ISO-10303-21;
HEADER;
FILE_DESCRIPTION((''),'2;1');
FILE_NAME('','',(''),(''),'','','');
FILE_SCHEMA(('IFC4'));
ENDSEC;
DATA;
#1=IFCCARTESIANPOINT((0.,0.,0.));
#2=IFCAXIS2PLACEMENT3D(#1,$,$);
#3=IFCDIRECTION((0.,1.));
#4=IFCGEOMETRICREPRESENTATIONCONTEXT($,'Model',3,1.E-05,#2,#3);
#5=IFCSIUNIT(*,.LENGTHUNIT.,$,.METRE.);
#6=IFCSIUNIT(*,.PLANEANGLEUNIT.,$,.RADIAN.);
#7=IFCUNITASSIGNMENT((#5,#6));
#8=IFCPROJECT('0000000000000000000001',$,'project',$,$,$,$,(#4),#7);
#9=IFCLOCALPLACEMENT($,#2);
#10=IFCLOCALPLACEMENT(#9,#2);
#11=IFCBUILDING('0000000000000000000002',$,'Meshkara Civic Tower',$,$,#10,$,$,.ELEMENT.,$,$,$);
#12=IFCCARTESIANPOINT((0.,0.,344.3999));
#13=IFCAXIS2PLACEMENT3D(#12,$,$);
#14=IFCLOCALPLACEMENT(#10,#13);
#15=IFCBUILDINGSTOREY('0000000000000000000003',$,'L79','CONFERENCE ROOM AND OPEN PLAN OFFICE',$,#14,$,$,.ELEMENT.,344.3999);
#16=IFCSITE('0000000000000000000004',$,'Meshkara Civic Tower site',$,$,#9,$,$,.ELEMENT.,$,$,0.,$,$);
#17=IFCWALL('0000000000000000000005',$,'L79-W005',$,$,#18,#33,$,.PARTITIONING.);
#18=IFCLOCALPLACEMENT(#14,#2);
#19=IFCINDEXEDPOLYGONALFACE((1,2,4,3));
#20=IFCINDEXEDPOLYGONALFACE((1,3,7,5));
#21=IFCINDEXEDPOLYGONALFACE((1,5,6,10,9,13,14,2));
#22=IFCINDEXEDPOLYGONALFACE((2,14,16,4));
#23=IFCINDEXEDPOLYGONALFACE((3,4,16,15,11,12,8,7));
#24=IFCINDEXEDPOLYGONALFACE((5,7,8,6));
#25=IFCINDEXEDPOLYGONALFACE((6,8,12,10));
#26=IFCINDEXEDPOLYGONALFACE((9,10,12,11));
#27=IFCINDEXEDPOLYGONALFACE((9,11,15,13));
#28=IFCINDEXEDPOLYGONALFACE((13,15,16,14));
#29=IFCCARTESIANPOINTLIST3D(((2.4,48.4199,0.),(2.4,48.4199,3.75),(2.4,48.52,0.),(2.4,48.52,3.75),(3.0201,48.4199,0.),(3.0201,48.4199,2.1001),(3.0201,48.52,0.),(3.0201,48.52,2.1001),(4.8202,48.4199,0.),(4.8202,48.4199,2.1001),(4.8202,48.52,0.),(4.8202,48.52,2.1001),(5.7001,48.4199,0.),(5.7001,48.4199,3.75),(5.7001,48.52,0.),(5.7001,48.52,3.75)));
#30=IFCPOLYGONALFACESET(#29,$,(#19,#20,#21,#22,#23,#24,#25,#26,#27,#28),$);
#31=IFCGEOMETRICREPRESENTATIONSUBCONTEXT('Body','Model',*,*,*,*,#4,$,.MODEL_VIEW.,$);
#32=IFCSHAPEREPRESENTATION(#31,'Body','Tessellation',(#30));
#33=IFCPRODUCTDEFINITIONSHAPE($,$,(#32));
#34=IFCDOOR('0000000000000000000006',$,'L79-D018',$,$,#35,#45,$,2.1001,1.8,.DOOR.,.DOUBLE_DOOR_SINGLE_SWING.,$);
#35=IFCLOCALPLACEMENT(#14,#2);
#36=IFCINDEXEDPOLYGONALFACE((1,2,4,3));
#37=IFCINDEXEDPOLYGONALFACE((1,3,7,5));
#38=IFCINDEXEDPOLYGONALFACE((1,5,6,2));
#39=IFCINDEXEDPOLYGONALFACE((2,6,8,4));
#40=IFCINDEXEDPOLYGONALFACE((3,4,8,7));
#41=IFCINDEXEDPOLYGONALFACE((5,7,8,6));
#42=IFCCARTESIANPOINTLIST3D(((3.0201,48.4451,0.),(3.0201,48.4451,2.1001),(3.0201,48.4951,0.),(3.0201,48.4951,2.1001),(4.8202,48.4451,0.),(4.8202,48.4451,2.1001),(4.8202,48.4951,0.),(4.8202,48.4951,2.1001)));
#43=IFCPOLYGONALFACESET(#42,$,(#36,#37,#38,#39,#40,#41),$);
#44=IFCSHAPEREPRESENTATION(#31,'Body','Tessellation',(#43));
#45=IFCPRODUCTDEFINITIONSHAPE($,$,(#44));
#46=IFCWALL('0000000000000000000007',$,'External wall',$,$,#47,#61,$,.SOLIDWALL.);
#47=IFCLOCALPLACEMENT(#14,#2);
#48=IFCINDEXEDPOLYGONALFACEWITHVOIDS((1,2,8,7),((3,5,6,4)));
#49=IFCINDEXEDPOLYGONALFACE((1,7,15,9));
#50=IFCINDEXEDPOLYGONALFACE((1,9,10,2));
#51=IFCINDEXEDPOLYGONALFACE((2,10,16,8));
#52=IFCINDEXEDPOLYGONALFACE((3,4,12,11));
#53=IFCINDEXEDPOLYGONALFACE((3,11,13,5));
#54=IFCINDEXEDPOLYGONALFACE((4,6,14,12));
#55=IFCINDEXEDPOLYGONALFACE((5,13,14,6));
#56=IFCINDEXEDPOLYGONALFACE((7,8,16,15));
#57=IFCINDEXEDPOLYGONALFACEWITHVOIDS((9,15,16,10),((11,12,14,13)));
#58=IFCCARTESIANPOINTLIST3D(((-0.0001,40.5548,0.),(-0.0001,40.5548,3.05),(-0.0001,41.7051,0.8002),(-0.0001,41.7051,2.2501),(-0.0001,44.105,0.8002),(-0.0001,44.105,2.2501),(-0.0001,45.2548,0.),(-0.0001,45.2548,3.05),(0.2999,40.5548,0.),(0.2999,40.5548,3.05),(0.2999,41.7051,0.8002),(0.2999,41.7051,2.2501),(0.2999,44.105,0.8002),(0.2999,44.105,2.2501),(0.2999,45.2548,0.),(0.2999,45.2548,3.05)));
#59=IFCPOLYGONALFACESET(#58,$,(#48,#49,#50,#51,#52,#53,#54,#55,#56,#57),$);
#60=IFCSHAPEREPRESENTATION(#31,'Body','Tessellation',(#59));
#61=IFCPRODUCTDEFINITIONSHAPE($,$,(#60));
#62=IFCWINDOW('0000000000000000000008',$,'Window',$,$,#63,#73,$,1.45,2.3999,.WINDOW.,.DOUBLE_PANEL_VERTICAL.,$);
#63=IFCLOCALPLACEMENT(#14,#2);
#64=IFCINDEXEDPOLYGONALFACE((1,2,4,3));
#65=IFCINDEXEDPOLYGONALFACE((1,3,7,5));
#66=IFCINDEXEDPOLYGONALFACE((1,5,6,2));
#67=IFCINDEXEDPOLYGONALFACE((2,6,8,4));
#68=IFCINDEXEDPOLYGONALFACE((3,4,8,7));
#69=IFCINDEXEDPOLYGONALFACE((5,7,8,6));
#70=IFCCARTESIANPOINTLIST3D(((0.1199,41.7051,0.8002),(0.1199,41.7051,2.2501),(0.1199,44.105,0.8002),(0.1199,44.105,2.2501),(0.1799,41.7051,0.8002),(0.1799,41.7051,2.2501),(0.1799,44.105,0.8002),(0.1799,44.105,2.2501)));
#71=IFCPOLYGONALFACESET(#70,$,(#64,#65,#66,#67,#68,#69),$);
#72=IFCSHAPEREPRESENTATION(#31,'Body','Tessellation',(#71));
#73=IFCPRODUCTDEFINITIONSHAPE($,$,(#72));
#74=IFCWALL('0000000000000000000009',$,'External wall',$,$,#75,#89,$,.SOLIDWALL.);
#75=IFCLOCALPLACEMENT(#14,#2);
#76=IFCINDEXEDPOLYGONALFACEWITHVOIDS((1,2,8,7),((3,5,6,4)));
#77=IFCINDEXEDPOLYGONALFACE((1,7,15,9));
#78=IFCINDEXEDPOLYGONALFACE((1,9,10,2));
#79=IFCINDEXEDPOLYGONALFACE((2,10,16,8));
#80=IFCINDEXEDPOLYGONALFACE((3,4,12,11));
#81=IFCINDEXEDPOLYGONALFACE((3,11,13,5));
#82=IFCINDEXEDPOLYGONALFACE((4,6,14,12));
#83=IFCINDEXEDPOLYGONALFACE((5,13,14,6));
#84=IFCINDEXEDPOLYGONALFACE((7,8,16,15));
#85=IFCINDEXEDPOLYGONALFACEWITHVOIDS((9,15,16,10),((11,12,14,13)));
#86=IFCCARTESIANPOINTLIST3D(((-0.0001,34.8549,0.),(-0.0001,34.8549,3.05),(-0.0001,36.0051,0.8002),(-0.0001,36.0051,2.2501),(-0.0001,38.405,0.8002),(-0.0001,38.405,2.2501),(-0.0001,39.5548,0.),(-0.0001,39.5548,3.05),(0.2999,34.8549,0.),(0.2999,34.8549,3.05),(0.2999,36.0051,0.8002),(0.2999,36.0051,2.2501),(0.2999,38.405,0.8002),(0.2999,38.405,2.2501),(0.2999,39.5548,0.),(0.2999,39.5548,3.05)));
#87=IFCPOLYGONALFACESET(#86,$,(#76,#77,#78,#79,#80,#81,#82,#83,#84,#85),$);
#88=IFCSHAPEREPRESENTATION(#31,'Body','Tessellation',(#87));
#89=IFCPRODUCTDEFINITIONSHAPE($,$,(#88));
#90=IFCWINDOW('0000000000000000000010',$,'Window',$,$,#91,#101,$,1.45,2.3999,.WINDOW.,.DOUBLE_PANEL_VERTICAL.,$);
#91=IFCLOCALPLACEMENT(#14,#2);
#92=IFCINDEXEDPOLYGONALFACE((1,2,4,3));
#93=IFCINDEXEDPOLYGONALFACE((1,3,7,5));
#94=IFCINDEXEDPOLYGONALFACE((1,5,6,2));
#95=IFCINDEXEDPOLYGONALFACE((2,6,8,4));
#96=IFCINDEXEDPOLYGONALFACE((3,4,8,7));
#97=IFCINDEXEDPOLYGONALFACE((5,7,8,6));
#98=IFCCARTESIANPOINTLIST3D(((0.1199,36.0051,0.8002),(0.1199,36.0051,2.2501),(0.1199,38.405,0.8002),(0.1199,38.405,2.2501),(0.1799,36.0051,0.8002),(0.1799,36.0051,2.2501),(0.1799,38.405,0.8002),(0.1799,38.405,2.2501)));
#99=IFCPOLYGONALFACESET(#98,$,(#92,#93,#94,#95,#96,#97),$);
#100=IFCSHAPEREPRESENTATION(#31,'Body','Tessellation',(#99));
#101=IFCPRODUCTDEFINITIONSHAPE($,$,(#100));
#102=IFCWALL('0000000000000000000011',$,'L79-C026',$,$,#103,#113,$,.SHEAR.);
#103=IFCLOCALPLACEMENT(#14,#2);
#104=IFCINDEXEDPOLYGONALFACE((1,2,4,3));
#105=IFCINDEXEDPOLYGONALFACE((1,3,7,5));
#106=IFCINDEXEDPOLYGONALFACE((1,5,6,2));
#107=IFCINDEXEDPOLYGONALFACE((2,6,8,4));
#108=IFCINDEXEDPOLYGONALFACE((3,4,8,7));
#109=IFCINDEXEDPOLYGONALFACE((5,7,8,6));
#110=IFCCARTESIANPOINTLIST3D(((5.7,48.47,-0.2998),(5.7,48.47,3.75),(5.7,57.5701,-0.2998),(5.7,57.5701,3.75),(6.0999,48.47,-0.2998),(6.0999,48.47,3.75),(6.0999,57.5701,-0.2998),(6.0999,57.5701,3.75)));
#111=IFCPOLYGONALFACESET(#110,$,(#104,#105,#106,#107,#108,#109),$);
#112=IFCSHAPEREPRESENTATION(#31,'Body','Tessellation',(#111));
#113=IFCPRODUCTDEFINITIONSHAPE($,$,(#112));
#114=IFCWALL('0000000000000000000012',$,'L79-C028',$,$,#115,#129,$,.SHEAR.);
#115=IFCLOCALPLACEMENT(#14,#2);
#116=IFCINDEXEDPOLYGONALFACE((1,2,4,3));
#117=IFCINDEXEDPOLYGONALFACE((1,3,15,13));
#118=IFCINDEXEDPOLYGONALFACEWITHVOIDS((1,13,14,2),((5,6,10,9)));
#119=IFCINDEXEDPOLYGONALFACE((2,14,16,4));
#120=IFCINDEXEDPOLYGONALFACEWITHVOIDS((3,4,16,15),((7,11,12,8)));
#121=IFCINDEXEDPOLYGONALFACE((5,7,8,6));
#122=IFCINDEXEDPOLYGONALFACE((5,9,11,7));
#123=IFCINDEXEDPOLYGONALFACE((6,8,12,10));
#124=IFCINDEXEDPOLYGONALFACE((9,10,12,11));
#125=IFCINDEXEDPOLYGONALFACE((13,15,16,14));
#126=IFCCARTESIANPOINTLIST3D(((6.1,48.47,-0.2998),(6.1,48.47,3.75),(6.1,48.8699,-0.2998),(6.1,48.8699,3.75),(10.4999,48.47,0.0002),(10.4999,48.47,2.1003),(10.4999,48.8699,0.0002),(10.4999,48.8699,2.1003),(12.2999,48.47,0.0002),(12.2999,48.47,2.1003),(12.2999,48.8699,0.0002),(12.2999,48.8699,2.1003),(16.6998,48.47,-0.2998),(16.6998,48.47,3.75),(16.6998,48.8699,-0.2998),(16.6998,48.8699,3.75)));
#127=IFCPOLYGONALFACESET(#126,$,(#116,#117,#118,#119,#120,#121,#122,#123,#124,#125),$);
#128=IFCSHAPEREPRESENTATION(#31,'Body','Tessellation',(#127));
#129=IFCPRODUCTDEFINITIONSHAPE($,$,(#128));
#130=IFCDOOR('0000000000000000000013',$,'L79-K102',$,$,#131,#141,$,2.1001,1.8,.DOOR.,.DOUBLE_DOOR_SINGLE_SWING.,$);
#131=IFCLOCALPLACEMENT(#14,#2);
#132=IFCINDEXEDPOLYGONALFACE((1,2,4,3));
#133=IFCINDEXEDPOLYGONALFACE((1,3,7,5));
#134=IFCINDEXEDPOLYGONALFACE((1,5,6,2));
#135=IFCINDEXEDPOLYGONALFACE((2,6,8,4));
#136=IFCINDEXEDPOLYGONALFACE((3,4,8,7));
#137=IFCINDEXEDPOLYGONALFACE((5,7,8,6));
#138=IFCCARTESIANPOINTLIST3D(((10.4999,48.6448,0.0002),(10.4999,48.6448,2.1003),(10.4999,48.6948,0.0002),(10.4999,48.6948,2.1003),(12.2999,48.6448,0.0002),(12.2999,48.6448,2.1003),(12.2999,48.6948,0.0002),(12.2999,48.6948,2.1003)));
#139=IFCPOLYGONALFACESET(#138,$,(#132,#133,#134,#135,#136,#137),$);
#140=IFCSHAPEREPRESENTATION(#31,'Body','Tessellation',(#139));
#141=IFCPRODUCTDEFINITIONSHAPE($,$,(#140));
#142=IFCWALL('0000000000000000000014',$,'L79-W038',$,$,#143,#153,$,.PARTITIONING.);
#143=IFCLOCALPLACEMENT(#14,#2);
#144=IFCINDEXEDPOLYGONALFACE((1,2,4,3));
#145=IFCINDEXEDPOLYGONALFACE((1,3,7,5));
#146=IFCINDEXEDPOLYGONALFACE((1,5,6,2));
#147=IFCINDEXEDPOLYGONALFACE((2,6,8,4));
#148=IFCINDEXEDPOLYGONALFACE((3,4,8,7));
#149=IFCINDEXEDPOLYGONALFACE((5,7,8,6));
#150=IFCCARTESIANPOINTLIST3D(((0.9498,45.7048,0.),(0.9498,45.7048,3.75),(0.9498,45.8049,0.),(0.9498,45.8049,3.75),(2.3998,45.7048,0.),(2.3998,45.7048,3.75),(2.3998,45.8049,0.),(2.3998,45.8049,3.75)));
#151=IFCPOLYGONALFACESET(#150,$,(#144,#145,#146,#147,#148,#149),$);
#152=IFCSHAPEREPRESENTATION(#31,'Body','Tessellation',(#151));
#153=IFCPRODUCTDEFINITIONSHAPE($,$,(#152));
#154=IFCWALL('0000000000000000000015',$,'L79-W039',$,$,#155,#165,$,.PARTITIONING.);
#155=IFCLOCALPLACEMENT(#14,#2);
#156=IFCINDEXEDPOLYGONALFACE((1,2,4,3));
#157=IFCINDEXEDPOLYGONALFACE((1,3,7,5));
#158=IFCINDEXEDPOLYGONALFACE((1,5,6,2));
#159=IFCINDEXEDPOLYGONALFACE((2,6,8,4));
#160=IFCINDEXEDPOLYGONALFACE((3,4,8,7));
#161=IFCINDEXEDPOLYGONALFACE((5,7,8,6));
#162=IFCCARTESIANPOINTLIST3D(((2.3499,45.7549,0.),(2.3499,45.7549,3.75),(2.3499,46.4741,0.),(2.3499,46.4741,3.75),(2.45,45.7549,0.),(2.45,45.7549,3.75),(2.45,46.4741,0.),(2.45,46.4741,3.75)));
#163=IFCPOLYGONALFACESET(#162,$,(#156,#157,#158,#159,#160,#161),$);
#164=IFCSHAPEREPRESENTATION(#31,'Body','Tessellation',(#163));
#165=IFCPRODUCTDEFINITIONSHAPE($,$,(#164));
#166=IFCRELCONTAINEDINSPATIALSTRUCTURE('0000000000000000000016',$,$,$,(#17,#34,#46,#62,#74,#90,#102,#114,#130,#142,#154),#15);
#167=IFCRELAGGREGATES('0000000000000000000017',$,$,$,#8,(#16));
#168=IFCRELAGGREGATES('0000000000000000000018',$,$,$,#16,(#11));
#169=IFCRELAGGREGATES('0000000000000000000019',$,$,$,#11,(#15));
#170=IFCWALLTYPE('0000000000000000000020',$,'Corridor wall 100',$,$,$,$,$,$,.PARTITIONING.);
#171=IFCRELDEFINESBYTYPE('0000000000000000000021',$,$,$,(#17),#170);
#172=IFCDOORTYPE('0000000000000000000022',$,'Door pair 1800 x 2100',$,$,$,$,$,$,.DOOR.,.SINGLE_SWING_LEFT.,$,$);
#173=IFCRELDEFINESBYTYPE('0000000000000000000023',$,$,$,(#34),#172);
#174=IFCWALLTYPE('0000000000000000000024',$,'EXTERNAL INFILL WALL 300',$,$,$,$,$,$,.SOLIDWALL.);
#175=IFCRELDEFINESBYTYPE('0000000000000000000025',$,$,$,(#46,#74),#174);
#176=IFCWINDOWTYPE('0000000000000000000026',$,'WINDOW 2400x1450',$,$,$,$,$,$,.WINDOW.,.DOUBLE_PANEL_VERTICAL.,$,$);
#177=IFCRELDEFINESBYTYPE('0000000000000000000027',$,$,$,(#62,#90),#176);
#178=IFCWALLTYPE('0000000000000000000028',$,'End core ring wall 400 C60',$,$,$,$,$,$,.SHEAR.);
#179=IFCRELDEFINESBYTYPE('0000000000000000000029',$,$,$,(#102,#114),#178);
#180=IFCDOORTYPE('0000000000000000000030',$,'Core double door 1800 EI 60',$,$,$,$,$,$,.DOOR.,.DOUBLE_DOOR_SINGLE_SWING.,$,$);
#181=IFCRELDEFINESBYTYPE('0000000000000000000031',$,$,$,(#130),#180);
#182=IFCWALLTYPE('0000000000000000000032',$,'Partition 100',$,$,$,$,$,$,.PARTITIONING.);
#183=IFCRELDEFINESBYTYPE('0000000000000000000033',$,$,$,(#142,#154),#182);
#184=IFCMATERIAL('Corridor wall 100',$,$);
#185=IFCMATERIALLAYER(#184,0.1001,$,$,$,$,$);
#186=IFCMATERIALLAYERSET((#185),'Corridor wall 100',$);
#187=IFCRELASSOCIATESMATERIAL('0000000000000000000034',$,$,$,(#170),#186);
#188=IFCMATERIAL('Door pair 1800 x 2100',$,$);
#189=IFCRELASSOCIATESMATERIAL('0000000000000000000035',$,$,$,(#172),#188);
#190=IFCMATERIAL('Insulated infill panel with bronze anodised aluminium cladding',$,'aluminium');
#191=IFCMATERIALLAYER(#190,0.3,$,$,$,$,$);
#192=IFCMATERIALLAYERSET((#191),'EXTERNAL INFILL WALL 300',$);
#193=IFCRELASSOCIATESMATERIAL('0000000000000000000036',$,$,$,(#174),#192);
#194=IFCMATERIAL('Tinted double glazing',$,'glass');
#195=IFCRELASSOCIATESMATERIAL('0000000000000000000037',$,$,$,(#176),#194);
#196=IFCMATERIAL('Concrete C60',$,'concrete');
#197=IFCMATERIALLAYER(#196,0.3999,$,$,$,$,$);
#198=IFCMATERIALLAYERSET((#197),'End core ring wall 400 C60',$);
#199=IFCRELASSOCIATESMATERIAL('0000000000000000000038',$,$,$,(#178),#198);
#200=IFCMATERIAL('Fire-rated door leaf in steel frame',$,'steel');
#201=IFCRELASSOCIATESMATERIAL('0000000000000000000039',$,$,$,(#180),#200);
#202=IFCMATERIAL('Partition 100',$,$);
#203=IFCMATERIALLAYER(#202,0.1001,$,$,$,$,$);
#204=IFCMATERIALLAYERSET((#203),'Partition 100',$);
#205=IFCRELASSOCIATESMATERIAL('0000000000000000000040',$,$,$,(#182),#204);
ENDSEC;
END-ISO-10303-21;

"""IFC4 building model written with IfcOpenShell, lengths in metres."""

from ifc_helpers import new_model, si_unit, direction, frame, frame_2d, origin, place, context, subcontext, project, spatial, rectangle, extrude, material, layer, layer_set, type_object, element, fill, save


model = new_model("IFC4")

# Units and contexts
model_context = context("Model", 3, precision=1e-05, world=origin(), true_north=direction((0.0, 1.0)))
body_context = subcontext(model_context, "Body", "Model", "MODEL_VIEW")
ifc_project = project(units=[si_unit("LENGTHUNIT", "METRE"), si_unit("PLANEANGLEUNIT", "RADIAN")], contexts=[model_context])

# Site, building, storey
site_placement = place(None, origin())
site = spatial("IfcSite", under=ifc_project, at=site_placement, Name="Meshkara Civic Tower site", CompositionType="ELEMENT", RefElevation=0.0)
building_placement = place(site_placement, origin())
building = spatial("IfcBuilding", under=site, at=building_placement, Name="Meshkara Civic Tower", CompositionType="ELEMENT")
storey_placement = place(building_placement, frame((0.0, 0.0, 344.3999)))
storey = spatial("IfcBuildingStorey", under=building, at=storey_placement, Name="L79", Description="CONFERENCE ROOM AND OPEN PLAN OFFICE", CompositionType="ELEMENT", Elevation=344.3999)

# Shared definitions
ifc_material_1 = material(Name="Corridor wall 100")
ifc_layer_1 = layer(ifc_material_1, 0.1001)
ifc_layer_set_1 = layer_set([ifc_layer_1], Name="Corridor wall 100")
wall_type_1 = type_object("IfcWallType", Name="Corridor wall 100", PredefinedType="PARTITIONING", material=ifc_layer_set_1)

# Wall, opening, door
wall_1_placement = place(storey_placement, frame((5.7, 48.47, 0.0), z_axis=(0.0, 0.0, 1.0), x_axis=(-1.0, 0.0, 0.0)))
wall_1 = element("IfcWall", 1, at=wall_1_placement, inside=storey, type_object=wall_type_1, Name="L79-W005", PredefinedType="PARTITIONING", context=body_context, shape_type="SweptSolid", body=[
    extrude(rectangle(XDim=3.3, YDim=0.1001, at=frame_2d((1.6499, 0.0))), origin(), (0.0, 0.0, 1.0), 3.75),
])
opening_1_placement = place(wall_1_placement, frame((0.8799, 0.0, 0.0)))
opening_1 = element("IfcOpeningElement", 2, at=opening_1_placement, cuts=wall_1, PredefinedType="OPENING", context=body_context, shape_type="SweptSolid", body=[
    extrude(rectangle(XDim=1.8, YDim=2.1001, at=frame_2d((0.8999, 1.05))), frame((0.0, 0.0601, 0.0), z_axis=(0.0, -1.0, 0.0), x_axis=(1.0, 0.0, 0.0)), (0.0, 0.0, 1.0), 0.1201),
])
ifc_material_2 = material(Name="Door pair 1800 x 2100")
door_type_1 = type_object("IfcDoorType", Name="Door pair 1800 x 2100", OperationType="SINGLE_SWING_LEFT", PredefinedType="DOOR", material=ifc_material_2)
door_1_placement = place(opening_1_placement, origin())
door_1 = element("IfcDoor", 3, at=door_1_placement, inside=storey, type_object=door_type_1, Name="L79-D018", OperationType="DOUBLE_DOOR_SINGLE_SWING", OverallHeight=2.1001, OverallWidth=1.8, PredefinedType="DOOR", context=body_context, shape_type="SweptSolid", body=[
    extrude(rectangle(XDim=1.8, YDim=2.1001, at=frame_2d((0.8999, 1.05))), frame((0.0, 0.0249, 0.0), z_axis=(0.0, -1.0, 0.0), x_axis=(1.0, 0.0, 0.0)), (0.0, 0.0, 1.0), 0.05),
])
fill(opening_1, door_1)

# Walls, openings, windows
ifc_material_3 = material(Name="Insulated infill panel with bronze anodised aluminium cladding", Category="aluminium")
ifc_layer_2 = layer(ifc_material_3, 0.3)
ifc_layer_set_2 = layer_set([ifc_layer_2], Name="EXTERNAL INFILL WALL 300")
wall_type_2 = type_object("IfcWallType", Name="EXTERNAL INFILL WALL 300", PredefinedType="SOLIDWALL", material=ifc_layer_set_2)
wall_2_placement = place(storey_placement, frame((0.1499, 45.2549, 0.0), z_axis=(0.0, 0.0, 1.0), x_axis=(0.0, -1.0, 0.0)))
wall_2 = element("IfcWall", 4, at=wall_2_placement, inside=storey, type_object=wall_type_2, Name="External wall", PredefinedType="SOLIDWALL", context=body_context, shape_type="SweptSolid", body=[
    extrude(rectangle(XDim=4.7, YDim=0.3, at=frame_2d((2.3501, 0.0))), origin(), (0.0, 0.0, 1.0), 3.05),
])
opening_2_placement = place(wall_2_placement, frame((1.1499, 0.0, 0.8)))
opening_2 = element("IfcOpeningElement", 5, at=opening_2_placement, cuts=wall_2, PredefinedType="OPENING", context=body_context, shape_type="SweptSolid", body=[
    extrude(rectangle(XDim=2.3999, YDim=1.45, at=frame_2d((1.2, 0.7251))), frame((0.0, 0.1599, 0.0), z_axis=(0.0, -1.0, 0.0), x_axis=(1.0, 0.0, 0.0)), (0.0, 0.0, 1.0), 0.3201),
])
ifc_material_4 = material(Name="Tinted double glazing", Category="glass")
window_type = type_object("IfcWindowType", Name="WINDOW 2400x1450", PartitioningType="DOUBLE_PANEL_VERTICAL", PredefinedType="WINDOW", material=ifc_material_4)
window_1_placement = place(opening_2_placement, origin())
window_1 = element("IfcWindow", 6, at=window_1_placement, inside=storey, type_object=window_type, Name="Window", OverallHeight=1.45, OverallWidth=2.3999, PartitioningType="DOUBLE_PANEL_VERTICAL", PredefinedType="WINDOW", context=body_context, shape_type="SweptSolid", body=[
    extrude(rectangle(XDim=2.3999, YDim=1.45, at=frame_2d((1.2, 0.7251))), frame((0.0, 0.03, 0.0), z_axis=(0.0, -1.0, 0.0), x_axis=(1.0, 0.0, 0.0)), (0.0, 0.0, 1.0), 0.0601),
])
fill(opening_2, window_1)
wall_3_placement = place(storey_placement, frame((0.1499, 39.5549, 0.0), z_axis=(0.0, 0.0, 1.0), x_axis=(0.0, -1.0, 0.0)))
wall_3 = element("IfcWall", 7, at=wall_3_placement, inside=storey, type_object=wall_type_2, Name="External wall", PredefinedType="SOLIDWALL", context=body_context, shape_type="SweptSolid", body=[
    extrude(rectangle(XDim=4.7, YDim=0.3, at=frame_2d((2.3501, 0.0))), origin(), (0.0, 0.0, 1.0), 3.05),
])
opening_3_placement = place(wall_3_placement, frame((1.1499, 0.0, 0.8)))
opening_3 = element("IfcOpeningElement", 8, at=opening_3_placement, cuts=wall_3, PredefinedType="OPENING", context=body_context, shape_type="SweptSolid", body=[
    extrude(rectangle(XDim=2.3999, YDim=1.45, at=frame_2d((1.2, 0.7251))), frame((0.0, 0.1599, 0.0), z_axis=(0.0, -1.0, 0.0), x_axis=(1.0, 0.0, 0.0)), (0.0, 0.0, 1.0), 0.3201),
])
window_2_placement = place(opening_3_placement, origin())
window_2 = element("IfcWindow", 9, at=window_2_placement, inside=storey, type_object=window_type, Name="Window", OverallHeight=1.45, OverallWidth=2.3999, PartitioningType="DOUBLE_PANEL_VERTICAL", PredefinedType="WINDOW", context=body_context, shape_type="SweptSolid", body=[
    extrude(rectangle(XDim=2.3999, YDim=1.45, at=frame_2d((1.2, 0.7251))), frame((0.0, 0.03, 0.0), z_axis=(0.0, -1.0, 0.0), x_axis=(1.0, 0.0, 0.0)), (0.0, 0.0, 1.0), 0.0601),
])
fill(opening_3, window_2)

# Wall
ifc_material_5 = material(Name="Concrete C60", Category="concrete")
ifc_layer_3 = layer(ifc_material_5, 0.3999)
ifc_layer_set_3 = layer_set([ifc_layer_3], Name="End core ring wall 400 C60")
wall_type_3 = type_object("IfcWallType", Name="End core ring wall 400 C60", PredefinedType="SHEAR", material=ifc_layer_set_3)
wall_4_placement = place(storey_placement, frame((5.8999, 48.47, -0.2998), z_axis=(0.0, 0.0, 1.0), x_axis=(0.0, 1.0, 0.0)))
element("IfcWall", 10, at=wall_4_placement, inside=storey, type_object=wall_type_3, Name="L79-C026", PredefinedType="SHEAR", context=body_context, shape_type="SweptSolid", body=[
    extrude(rectangle(XDim=9.1001, YDim=0.3999, at=frame_2d((4.55, 0.0))), origin(), (0.0, 0.0, 1.0), 4.0498),
])

# Wall, opening, door
wall_5_placement = place(storey_placement, frame((6.1001, 48.6699, -0.2998), z_axis=(0.0, 0.0, 1.0), x_axis=(1.0, 0.0, 0.0)))
wall_5 = element("IfcWall", 11, at=wall_5_placement, inside=storey, type_object=wall_type_3, Name="L79-C028", PredefinedType="SHEAR", context=body_context, shape_type="SweptSolid", body=[
    extrude(rectangle(XDim=10.5999, YDim=0.3999, at=frame_2d((5.2998, 0.0))), origin(), (0.0, 0.0, 1.0), 4.0498),
])
opening_4_placement = place(wall_5_placement, frame((4.3999, 0.0, 0.3)))
opening_4 = element("IfcOpeningElement", 12, at=opening_4_placement, cuts=wall_5, PredefinedType="OPENING", context=body_context, shape_type="SweptSolid", body=[
    extrude(rectangle(XDim=1.8, YDim=2.1001, at=frame_2d((0.8999, 1.05))), frame((0.0, 0.21, 0.0), z_axis=(0.0, -1.0, 0.0), x_axis=(1.0, 0.0, 0.0)), (0.0, 0.0, 1.0), 0.4199),
])
ifc_material_6 = material(Name="Fire-rated door leaf in steel frame", Category="steel")
door_type_2 = type_object("IfcDoorType", Name="Core double door 1800 EI 60", OperationType="DOUBLE_DOOR_SINGLE_SWING", PredefinedType="DOOR", material=ifc_material_6)
door_2_placement = place(opening_4_placement, origin())
door_2 = element("IfcDoor", 13, at=door_2_placement, inside=storey, type_object=door_type_2, Name="L79-K102", OperationType="DOUBLE_DOOR_SINGLE_SWING", OverallHeight=2.1001, OverallWidth=1.8, PredefinedType="DOOR", context=body_context, shape_type="SweptSolid", body=[
    extrude(rectangle(XDim=1.8, YDim=2.1001, at=frame_2d((0.8999, 1.05))), frame((0.0, 0.0249, 0.0), z_axis=(0.0, -1.0, 0.0), x_axis=(1.0, 0.0, 0.0)), (0.0, 0.0, 1.0), 0.05),
])
fill(opening_4, door_2)

# Walls
ifc_material_7 = material(Name="Partition 100")
ifc_layer_4 = layer(ifc_material_7, 0.1001)
ifc_layer_set_4 = layer_set([ifc_layer_4], Name="Partition 100")
wall_type_4 = type_object("IfcWallType", Name="Partition 100", PredefinedType="PARTITIONING", material=ifc_layer_set_4)
wall_6_placement = place(storey_placement, frame((2.3999, 45.7549, 0.0), z_axis=(0.0, 0.0, 1.0), x_axis=(-1.0, 0.0, 0.0)))
element("IfcWall", 14, at=wall_6_placement, inside=storey, type_object=wall_type_4, Name="L79-W038", PredefinedType="PARTITIONING", context=body_context, shape_type="SweptSolid", body=[
    extrude(rectangle(XDim=1.45, YDim=0.1001, at=frame_2d((0.7251, 0.0))), origin(), (0.0, 0.0, 1.0), 3.75),
])
wall_7_placement = place(storey_placement, frame((2.3999, 46.4741, 0.0), z_axis=(0.0, 0.0, 1.0), x_axis=(0.0, -1.0, 0.0)))
element("IfcWall", 15, at=wall_7_placement, inside=storey, type_object=wall_type_4, Name="L79-W039", PredefinedType="PARTITIONING", context=body_context, shape_type="SweptSolid", body=[
    extrude(rectangle(XDim=0.7192, YDim=0.1001, at=frame_2d((0.3596, 0.0))), origin(), (0.0, 0.0, 1.0), 3.75),
])

save(model, "model.ifc")
